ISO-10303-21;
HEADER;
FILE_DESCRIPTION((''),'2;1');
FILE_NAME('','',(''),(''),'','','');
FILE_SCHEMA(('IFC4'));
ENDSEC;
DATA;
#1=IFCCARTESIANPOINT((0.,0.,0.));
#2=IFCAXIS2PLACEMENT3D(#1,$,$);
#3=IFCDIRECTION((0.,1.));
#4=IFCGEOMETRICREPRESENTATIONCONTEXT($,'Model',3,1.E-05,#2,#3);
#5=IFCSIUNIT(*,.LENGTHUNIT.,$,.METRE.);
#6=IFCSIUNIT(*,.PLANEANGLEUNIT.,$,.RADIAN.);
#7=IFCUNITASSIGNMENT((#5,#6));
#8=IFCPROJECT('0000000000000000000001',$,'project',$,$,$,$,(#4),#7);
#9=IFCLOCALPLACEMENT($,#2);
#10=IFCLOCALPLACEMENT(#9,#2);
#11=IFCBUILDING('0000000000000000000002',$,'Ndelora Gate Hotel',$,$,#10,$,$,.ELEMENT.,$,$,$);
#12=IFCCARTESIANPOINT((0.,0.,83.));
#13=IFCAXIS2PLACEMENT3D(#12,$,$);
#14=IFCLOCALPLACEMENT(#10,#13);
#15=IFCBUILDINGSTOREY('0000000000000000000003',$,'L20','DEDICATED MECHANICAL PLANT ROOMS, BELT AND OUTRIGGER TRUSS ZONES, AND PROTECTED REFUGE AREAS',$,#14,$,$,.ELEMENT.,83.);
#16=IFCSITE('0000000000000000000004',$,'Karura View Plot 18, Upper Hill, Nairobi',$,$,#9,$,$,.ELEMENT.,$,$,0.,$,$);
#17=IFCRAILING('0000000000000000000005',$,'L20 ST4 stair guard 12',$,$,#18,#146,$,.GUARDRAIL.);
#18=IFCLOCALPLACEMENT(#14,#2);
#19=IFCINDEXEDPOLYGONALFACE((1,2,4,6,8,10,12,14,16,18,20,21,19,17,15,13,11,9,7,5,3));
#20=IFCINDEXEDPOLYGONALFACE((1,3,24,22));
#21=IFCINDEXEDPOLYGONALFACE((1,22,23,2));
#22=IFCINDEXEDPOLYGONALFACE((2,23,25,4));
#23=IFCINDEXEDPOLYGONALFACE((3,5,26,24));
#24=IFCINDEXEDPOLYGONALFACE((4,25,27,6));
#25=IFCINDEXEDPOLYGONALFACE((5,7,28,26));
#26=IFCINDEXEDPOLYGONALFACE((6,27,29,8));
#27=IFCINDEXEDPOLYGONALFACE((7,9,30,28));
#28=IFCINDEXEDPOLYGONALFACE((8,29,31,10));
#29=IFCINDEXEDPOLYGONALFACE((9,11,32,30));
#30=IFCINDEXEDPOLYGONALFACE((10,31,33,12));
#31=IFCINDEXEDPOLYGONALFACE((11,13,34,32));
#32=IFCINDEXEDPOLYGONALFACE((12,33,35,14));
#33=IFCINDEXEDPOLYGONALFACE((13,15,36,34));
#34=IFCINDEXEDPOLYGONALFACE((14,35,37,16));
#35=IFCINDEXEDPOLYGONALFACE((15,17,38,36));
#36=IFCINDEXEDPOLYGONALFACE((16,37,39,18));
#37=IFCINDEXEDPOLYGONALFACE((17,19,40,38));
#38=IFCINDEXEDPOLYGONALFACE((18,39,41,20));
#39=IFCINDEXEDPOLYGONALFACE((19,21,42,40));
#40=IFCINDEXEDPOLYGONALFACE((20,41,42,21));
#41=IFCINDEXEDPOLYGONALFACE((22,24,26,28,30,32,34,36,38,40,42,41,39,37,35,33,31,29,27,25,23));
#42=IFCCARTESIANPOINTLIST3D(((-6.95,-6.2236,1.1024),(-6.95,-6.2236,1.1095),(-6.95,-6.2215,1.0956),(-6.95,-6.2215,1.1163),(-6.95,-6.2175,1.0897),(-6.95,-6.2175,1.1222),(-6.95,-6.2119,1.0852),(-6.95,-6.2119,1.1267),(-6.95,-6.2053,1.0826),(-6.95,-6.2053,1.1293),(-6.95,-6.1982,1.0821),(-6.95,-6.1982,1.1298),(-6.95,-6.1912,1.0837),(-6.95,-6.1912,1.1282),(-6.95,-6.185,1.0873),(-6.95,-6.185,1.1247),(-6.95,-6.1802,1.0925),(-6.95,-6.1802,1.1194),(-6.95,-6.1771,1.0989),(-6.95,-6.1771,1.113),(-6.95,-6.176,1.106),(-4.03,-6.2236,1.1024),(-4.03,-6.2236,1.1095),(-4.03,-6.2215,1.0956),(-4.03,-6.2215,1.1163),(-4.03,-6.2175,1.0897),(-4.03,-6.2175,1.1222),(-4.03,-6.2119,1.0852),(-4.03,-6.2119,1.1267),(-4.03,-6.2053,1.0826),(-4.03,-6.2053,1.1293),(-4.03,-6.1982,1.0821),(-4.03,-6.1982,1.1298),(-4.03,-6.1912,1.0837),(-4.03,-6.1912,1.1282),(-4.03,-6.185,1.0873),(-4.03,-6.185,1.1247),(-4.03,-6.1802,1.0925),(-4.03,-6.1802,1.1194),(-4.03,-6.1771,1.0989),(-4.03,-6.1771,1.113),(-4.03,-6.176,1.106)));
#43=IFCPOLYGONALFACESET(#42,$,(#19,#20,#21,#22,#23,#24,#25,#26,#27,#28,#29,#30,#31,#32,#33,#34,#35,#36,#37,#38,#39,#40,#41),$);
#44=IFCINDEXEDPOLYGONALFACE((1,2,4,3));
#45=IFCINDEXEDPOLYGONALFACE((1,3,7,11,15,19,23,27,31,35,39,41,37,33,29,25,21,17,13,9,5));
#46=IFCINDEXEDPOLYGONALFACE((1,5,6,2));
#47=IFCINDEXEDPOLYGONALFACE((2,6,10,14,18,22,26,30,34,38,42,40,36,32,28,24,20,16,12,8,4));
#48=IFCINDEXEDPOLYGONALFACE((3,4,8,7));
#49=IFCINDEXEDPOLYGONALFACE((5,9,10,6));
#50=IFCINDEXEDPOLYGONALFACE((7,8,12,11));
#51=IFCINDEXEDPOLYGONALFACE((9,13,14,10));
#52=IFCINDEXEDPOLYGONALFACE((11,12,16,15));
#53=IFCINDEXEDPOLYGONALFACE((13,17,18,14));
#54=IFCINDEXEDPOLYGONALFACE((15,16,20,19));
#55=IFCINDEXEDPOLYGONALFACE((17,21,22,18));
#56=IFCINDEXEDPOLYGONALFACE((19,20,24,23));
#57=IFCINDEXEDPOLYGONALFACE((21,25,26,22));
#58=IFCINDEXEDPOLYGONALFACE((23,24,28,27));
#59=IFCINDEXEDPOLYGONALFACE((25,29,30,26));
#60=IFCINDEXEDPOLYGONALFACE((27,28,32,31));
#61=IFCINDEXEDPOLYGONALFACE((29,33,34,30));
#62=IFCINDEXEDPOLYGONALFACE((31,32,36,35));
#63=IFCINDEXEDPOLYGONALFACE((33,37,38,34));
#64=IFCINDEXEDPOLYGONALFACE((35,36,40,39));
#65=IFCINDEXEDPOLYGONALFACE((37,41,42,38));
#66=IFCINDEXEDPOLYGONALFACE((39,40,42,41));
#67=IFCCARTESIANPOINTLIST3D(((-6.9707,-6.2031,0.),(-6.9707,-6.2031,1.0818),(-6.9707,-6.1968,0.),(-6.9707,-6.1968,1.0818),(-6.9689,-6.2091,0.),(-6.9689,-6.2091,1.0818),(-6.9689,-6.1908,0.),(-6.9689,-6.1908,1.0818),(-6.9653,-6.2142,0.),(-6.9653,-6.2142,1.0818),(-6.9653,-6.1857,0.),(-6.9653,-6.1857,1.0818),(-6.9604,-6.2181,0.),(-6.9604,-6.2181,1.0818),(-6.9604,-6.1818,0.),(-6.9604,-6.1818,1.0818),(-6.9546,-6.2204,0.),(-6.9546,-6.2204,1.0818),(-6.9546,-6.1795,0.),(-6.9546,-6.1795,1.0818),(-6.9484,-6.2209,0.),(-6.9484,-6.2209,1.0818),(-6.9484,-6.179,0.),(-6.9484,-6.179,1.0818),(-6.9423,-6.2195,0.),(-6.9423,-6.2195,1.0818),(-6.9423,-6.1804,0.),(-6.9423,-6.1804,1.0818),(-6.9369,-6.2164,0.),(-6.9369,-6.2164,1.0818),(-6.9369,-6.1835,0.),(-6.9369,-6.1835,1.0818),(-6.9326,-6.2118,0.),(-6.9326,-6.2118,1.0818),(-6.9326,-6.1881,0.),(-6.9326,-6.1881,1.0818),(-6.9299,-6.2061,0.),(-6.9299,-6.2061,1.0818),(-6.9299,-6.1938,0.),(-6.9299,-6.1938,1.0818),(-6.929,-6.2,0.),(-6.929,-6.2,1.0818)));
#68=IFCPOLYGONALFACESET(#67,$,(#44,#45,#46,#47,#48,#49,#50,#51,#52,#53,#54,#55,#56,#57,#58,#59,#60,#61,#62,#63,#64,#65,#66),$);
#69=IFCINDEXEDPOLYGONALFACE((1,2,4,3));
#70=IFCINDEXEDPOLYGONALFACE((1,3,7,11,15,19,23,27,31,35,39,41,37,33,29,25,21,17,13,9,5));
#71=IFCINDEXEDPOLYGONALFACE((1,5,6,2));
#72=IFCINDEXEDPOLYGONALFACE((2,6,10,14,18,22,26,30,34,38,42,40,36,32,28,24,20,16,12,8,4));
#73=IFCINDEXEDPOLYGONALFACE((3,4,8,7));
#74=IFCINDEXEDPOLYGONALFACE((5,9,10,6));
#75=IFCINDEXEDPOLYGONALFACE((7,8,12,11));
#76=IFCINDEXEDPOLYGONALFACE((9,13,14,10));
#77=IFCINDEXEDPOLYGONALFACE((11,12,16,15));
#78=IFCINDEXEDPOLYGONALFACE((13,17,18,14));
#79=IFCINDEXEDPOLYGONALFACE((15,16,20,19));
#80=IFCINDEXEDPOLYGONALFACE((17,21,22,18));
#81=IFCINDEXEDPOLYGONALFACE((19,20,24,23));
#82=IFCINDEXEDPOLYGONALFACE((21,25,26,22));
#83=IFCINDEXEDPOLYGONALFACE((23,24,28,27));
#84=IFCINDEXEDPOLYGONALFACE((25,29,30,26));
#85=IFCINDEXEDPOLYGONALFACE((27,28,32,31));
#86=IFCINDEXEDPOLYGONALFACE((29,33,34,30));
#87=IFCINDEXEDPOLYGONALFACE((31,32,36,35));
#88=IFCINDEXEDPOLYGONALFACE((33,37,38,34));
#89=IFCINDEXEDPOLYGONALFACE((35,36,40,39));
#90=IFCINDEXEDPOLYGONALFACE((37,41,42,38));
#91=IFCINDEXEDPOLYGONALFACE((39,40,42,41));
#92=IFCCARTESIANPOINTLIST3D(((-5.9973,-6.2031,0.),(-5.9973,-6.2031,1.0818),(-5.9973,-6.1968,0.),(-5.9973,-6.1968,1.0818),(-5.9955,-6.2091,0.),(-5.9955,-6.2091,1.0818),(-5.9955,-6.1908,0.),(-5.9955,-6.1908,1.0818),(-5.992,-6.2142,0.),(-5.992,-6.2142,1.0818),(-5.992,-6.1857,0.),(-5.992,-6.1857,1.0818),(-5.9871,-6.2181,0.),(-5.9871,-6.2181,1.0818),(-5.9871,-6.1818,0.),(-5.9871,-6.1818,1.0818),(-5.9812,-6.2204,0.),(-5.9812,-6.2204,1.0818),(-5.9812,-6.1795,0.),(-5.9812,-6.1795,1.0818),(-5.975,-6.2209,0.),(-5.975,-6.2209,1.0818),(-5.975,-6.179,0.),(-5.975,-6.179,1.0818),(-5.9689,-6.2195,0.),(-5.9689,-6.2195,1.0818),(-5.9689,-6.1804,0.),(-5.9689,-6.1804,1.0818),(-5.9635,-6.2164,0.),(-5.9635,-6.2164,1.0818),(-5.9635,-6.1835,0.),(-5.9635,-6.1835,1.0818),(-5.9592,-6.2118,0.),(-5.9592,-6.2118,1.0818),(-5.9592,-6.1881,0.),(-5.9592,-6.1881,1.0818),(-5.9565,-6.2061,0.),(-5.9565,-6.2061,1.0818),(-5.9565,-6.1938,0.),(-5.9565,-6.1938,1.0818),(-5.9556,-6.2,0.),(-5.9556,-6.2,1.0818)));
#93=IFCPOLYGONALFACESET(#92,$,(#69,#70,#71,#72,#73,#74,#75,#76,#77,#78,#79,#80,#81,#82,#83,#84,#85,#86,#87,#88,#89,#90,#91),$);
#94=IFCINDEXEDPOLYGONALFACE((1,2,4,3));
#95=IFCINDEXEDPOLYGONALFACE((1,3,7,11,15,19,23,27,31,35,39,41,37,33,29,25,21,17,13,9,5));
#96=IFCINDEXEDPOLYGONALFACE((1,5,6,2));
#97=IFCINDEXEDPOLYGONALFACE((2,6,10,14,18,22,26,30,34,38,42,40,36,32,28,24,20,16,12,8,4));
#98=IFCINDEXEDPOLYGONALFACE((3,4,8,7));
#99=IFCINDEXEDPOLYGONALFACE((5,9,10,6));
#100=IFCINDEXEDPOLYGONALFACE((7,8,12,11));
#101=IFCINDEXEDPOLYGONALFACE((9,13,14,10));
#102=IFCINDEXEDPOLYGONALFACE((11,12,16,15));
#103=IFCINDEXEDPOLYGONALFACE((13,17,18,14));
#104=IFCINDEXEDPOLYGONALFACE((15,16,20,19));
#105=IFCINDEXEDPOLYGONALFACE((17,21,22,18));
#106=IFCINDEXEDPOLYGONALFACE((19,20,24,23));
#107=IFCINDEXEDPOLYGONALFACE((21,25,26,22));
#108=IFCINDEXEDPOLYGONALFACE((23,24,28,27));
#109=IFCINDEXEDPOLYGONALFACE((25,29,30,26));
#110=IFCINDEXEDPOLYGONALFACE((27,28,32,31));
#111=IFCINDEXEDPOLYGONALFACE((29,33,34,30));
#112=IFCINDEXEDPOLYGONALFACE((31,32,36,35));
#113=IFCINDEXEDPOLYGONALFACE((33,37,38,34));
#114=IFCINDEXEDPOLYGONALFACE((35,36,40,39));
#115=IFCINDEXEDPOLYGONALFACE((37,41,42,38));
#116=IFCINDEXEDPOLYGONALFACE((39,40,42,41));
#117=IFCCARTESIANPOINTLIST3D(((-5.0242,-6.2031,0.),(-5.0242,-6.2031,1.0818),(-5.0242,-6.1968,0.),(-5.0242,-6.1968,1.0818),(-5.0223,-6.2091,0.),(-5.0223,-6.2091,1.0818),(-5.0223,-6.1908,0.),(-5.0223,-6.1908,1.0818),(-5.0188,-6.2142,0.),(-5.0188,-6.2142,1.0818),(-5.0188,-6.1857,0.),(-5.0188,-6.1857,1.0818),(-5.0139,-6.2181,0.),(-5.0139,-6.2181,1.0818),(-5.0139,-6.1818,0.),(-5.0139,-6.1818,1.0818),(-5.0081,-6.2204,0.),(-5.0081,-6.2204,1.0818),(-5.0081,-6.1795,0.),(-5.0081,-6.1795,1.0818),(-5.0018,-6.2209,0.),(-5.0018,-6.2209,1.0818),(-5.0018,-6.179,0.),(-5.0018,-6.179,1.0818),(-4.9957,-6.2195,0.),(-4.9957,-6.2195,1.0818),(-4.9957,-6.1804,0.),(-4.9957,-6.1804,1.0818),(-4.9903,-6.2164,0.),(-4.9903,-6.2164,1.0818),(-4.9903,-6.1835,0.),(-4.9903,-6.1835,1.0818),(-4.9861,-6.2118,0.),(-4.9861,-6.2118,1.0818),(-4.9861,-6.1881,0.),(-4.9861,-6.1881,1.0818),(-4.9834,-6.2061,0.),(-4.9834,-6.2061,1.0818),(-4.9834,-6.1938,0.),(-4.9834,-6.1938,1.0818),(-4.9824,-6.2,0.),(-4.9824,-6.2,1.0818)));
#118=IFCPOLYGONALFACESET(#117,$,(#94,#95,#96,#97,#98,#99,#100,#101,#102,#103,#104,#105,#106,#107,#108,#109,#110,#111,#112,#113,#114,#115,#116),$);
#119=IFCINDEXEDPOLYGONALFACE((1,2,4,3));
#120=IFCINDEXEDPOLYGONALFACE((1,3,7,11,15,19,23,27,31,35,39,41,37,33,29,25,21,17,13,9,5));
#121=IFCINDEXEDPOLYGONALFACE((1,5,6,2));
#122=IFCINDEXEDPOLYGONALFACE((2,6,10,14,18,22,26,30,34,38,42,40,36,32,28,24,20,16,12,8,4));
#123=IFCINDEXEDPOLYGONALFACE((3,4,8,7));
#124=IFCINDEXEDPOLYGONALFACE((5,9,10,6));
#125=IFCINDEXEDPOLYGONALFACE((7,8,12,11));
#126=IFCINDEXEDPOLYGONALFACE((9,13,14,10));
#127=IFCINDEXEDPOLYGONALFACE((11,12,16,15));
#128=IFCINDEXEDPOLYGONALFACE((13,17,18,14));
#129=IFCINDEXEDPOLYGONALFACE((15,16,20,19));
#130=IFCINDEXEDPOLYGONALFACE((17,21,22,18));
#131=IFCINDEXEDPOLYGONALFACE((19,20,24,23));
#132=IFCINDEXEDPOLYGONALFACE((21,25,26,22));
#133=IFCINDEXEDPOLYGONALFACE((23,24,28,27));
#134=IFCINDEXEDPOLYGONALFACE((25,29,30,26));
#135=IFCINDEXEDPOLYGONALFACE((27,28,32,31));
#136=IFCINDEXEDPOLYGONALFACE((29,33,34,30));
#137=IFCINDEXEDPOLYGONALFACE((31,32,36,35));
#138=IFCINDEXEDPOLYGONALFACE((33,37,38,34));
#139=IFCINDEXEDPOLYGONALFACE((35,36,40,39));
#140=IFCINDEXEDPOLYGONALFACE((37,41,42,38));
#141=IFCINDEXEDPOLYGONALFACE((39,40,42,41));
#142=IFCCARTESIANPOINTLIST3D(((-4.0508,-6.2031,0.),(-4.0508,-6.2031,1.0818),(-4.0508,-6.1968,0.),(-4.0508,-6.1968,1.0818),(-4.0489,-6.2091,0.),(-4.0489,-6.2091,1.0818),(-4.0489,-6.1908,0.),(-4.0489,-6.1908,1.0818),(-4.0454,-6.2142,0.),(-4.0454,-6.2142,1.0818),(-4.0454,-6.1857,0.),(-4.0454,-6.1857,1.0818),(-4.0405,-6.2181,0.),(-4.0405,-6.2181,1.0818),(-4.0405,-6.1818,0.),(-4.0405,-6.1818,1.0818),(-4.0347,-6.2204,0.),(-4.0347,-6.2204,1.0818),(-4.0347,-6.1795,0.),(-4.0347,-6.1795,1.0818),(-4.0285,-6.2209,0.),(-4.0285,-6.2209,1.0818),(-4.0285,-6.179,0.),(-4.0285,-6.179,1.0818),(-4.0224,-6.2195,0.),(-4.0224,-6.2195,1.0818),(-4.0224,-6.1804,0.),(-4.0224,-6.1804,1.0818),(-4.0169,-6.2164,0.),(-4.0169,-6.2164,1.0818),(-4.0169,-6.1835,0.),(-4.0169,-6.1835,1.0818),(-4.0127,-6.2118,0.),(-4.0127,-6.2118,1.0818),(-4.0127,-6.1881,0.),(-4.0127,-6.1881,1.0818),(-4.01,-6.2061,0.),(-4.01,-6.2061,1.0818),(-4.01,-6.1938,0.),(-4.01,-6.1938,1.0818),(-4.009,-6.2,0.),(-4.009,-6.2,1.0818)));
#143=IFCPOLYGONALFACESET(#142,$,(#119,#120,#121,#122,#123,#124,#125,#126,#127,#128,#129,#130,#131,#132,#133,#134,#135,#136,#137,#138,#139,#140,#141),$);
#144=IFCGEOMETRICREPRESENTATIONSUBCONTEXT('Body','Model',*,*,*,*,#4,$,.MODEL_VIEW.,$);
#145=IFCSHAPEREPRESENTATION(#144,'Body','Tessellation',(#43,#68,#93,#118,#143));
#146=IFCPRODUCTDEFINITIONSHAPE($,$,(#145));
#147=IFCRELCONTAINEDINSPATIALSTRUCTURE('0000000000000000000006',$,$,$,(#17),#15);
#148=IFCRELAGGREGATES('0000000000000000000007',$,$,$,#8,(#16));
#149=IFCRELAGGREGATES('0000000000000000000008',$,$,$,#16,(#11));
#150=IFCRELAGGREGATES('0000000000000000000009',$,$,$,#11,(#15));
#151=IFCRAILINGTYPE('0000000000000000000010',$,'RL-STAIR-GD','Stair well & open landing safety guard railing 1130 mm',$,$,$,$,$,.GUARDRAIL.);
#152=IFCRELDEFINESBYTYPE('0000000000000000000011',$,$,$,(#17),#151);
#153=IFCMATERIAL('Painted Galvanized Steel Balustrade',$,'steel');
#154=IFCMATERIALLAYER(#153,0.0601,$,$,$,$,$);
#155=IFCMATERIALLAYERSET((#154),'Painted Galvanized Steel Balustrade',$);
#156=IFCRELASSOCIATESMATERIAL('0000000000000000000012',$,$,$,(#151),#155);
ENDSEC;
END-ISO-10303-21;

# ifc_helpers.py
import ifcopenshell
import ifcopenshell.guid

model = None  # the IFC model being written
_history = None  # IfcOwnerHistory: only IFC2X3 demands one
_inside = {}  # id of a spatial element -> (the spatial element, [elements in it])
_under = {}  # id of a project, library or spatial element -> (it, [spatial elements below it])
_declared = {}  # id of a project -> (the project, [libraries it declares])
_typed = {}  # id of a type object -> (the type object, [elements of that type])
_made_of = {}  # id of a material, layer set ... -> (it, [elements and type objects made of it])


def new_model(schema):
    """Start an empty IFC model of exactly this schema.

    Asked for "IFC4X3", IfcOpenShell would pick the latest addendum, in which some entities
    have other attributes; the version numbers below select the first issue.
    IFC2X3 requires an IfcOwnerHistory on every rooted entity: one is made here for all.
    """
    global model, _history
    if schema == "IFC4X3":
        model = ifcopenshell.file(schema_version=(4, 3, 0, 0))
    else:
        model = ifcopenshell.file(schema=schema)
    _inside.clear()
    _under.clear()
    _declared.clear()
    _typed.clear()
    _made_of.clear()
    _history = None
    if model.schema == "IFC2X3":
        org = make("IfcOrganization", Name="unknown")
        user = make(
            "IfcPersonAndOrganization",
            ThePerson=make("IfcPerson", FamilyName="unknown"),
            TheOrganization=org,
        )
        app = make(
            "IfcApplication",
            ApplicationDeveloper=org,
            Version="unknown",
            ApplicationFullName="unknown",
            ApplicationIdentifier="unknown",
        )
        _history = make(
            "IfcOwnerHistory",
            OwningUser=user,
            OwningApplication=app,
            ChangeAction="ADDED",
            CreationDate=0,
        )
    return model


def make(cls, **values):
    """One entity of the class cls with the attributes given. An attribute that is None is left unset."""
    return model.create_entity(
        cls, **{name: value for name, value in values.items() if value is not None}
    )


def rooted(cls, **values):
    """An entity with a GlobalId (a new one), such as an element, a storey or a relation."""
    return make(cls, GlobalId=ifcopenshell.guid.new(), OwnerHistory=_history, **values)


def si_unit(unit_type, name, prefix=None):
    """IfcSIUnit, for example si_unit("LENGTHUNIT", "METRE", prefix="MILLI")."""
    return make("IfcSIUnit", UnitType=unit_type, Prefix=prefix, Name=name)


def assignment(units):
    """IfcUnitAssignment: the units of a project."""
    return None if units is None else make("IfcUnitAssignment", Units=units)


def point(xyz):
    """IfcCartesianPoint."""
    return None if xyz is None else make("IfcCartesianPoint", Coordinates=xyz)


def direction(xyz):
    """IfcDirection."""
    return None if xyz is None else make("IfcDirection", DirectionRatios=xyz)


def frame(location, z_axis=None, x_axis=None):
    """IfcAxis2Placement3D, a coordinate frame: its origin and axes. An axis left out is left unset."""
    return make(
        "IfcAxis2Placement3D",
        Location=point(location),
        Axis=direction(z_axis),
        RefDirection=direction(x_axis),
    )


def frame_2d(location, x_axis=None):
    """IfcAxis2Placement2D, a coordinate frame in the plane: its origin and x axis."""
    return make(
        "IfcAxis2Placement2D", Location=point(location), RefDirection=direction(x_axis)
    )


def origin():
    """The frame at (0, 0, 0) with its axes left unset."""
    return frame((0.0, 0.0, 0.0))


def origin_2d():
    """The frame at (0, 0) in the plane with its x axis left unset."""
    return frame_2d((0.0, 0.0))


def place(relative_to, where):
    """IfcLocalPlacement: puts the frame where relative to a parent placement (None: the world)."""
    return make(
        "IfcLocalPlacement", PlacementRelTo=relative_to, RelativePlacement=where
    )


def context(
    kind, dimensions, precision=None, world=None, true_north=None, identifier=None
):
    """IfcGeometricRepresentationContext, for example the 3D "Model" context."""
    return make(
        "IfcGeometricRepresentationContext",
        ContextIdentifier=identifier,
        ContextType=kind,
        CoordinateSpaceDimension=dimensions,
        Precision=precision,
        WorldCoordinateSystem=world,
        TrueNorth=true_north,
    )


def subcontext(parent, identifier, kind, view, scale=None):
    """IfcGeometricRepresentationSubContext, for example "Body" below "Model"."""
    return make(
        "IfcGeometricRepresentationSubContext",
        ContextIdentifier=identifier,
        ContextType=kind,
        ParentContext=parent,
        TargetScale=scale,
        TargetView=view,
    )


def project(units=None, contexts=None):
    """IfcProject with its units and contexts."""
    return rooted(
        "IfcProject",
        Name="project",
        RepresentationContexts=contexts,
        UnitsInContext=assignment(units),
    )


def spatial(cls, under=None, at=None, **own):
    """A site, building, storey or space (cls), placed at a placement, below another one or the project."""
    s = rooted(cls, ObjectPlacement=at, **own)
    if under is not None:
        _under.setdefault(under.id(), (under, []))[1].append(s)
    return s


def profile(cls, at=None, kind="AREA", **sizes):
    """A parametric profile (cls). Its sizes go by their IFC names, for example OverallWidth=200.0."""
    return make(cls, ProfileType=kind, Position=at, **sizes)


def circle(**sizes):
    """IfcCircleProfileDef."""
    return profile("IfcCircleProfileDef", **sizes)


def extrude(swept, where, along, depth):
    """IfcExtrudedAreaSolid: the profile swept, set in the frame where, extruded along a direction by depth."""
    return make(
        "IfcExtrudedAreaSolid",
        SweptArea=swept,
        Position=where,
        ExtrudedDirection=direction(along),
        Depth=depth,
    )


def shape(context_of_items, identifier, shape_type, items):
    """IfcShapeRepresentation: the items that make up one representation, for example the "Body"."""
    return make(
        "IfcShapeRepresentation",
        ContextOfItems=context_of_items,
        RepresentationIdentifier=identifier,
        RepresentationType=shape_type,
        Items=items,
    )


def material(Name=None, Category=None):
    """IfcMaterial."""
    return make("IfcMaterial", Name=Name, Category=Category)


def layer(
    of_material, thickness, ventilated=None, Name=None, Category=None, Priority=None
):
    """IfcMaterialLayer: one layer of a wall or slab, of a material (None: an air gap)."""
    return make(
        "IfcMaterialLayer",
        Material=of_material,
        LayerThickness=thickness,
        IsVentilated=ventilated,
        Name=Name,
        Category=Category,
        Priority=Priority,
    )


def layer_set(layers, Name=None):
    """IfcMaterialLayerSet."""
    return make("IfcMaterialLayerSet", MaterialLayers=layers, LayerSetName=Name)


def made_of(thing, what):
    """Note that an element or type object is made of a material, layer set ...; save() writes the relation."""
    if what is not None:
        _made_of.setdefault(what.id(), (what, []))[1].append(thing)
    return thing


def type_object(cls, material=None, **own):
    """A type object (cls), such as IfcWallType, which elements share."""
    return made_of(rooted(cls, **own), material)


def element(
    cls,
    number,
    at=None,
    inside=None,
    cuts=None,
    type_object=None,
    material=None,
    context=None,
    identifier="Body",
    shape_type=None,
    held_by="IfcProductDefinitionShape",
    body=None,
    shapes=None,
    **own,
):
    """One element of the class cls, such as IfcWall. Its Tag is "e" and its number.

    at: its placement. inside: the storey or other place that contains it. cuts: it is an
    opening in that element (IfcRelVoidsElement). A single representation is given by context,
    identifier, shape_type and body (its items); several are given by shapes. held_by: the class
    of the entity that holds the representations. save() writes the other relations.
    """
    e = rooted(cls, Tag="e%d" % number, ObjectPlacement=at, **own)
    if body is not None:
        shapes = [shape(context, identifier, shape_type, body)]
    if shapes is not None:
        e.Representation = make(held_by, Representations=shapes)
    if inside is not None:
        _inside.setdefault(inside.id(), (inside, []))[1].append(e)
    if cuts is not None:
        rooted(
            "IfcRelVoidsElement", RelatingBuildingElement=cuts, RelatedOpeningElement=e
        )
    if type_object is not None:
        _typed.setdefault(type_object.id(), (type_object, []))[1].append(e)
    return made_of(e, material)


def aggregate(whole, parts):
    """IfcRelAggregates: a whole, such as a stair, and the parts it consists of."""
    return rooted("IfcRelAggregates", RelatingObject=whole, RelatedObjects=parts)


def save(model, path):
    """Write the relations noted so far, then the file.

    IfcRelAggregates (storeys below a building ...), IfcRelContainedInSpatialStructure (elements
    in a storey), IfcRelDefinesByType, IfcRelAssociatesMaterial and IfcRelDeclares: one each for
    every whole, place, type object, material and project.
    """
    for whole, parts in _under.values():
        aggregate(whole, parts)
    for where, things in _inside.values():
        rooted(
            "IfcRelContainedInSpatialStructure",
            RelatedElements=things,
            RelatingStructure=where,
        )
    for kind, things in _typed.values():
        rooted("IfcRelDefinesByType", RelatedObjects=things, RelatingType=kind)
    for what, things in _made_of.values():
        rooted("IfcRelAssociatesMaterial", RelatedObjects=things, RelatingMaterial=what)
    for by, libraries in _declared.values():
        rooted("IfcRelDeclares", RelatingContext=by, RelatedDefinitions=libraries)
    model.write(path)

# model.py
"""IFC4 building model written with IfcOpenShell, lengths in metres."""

from ifc_helpers import new_model, si_unit, direction, frame, origin, origin_2d, place, context, subcontext, project, spatial, circle, extrude, material, layer, layer_set, type_object, element, save


model = new_model("IFC4")

# Units and contexts
model_context = context("Model", 3, precision=1e-05, world=origin(), true_north=direction((0.0, 1.0)))
body_context = subcontext(model_context, "Body", "Model", "MODEL_VIEW")
ifc_project = project(units=[si_unit("LENGTHUNIT", "METRE"), si_unit("PLANEANGLEUNIT", "RADIAN")], contexts=[model_context])

# Site, building, storey
site_placement = place(None, origin())
site = spatial("IfcSite", under=ifc_project, at=site_placement, Name="Karura View Plot 18, Upper Hill, Nairobi", CompositionType="ELEMENT", RefElevation=0.0)
building_placement = place(site_placement, origin())
building = spatial("IfcBuilding", under=site, at=building_placement, Name="Ndelora Gate Hotel", CompositionType="ELEMENT")
storey_placement = place(building_placement, frame((0.0, 0.0, 83.0)))
storey = spatial("IfcBuildingStorey", under=building, at=storey_placement, Name="L20", Description="DEDICATED MECHANICAL PLANT ROOMS, BELT AND OUTRIGGER TRUSS ZONES, AND PROTECTED REFUGE AREAS", CompositionType="ELEMENT", Elevation=83.0)

# Railing
ifc_material_1 = material(Name="Painted Galvanized Steel Balustrade", Category="steel")
ifc_layer_1 = layer(ifc_material_1, 0.0601)
ifc_layer_set_1 = layer_set([ifc_layer_1], Name="Painted Galvanized Steel Balustrade")
railing_type_1 = type_object("IfcRailingType", Name="RL-STAIR-GD", Description="Stair well & open landing safety guard railing 1130 mm", PredefinedType="GUARDRAIL", material=ifc_layer_set_1)
railing_1_placement = place(storey_placement, frame((-6.95, -6.2, 0.0)))
element("IfcRailing", 1, at=railing_1_placement, inside=storey, type_object=railing_type_1, Name="L20 ST4 stair guard 12", PredefinedType="GUARDRAIL", context=body_context, shape_type="SweptSolid", body=[
    extrude(circle(Radius=0.0239, at=origin_2d()), frame((0.0, 0.0, 1.106), z_axis=(1.0, 0.0, 0.0), x_axis=(0.0, 1.0, 0.0)), (0.0, 0.0, 1.0), 2.9199),
    extrude(circle(Radius=0.021, at=origin_2d()), origin(), (0.0, 0.0, 1.0), 1.0818),
    extrude(circle(Radius=0.021, at=origin_2d()), frame((0.9734, 0.0, 0.0)), (0.0, 0.0, 1.0), 1.0818),
    extrude(circle(Radius=0.021, at=origin_2d()), frame((1.9465, 0.0, 0.0)), (0.0, 0.0, 1.0), 1.0818),
    extrude(circle(Radius=0.021, at=origin_2d()), frame((2.9199, 0.0, 0.0)), (0.0, 0.0, 1.0), 1.0818),
])

save(model, "model.ifc")
